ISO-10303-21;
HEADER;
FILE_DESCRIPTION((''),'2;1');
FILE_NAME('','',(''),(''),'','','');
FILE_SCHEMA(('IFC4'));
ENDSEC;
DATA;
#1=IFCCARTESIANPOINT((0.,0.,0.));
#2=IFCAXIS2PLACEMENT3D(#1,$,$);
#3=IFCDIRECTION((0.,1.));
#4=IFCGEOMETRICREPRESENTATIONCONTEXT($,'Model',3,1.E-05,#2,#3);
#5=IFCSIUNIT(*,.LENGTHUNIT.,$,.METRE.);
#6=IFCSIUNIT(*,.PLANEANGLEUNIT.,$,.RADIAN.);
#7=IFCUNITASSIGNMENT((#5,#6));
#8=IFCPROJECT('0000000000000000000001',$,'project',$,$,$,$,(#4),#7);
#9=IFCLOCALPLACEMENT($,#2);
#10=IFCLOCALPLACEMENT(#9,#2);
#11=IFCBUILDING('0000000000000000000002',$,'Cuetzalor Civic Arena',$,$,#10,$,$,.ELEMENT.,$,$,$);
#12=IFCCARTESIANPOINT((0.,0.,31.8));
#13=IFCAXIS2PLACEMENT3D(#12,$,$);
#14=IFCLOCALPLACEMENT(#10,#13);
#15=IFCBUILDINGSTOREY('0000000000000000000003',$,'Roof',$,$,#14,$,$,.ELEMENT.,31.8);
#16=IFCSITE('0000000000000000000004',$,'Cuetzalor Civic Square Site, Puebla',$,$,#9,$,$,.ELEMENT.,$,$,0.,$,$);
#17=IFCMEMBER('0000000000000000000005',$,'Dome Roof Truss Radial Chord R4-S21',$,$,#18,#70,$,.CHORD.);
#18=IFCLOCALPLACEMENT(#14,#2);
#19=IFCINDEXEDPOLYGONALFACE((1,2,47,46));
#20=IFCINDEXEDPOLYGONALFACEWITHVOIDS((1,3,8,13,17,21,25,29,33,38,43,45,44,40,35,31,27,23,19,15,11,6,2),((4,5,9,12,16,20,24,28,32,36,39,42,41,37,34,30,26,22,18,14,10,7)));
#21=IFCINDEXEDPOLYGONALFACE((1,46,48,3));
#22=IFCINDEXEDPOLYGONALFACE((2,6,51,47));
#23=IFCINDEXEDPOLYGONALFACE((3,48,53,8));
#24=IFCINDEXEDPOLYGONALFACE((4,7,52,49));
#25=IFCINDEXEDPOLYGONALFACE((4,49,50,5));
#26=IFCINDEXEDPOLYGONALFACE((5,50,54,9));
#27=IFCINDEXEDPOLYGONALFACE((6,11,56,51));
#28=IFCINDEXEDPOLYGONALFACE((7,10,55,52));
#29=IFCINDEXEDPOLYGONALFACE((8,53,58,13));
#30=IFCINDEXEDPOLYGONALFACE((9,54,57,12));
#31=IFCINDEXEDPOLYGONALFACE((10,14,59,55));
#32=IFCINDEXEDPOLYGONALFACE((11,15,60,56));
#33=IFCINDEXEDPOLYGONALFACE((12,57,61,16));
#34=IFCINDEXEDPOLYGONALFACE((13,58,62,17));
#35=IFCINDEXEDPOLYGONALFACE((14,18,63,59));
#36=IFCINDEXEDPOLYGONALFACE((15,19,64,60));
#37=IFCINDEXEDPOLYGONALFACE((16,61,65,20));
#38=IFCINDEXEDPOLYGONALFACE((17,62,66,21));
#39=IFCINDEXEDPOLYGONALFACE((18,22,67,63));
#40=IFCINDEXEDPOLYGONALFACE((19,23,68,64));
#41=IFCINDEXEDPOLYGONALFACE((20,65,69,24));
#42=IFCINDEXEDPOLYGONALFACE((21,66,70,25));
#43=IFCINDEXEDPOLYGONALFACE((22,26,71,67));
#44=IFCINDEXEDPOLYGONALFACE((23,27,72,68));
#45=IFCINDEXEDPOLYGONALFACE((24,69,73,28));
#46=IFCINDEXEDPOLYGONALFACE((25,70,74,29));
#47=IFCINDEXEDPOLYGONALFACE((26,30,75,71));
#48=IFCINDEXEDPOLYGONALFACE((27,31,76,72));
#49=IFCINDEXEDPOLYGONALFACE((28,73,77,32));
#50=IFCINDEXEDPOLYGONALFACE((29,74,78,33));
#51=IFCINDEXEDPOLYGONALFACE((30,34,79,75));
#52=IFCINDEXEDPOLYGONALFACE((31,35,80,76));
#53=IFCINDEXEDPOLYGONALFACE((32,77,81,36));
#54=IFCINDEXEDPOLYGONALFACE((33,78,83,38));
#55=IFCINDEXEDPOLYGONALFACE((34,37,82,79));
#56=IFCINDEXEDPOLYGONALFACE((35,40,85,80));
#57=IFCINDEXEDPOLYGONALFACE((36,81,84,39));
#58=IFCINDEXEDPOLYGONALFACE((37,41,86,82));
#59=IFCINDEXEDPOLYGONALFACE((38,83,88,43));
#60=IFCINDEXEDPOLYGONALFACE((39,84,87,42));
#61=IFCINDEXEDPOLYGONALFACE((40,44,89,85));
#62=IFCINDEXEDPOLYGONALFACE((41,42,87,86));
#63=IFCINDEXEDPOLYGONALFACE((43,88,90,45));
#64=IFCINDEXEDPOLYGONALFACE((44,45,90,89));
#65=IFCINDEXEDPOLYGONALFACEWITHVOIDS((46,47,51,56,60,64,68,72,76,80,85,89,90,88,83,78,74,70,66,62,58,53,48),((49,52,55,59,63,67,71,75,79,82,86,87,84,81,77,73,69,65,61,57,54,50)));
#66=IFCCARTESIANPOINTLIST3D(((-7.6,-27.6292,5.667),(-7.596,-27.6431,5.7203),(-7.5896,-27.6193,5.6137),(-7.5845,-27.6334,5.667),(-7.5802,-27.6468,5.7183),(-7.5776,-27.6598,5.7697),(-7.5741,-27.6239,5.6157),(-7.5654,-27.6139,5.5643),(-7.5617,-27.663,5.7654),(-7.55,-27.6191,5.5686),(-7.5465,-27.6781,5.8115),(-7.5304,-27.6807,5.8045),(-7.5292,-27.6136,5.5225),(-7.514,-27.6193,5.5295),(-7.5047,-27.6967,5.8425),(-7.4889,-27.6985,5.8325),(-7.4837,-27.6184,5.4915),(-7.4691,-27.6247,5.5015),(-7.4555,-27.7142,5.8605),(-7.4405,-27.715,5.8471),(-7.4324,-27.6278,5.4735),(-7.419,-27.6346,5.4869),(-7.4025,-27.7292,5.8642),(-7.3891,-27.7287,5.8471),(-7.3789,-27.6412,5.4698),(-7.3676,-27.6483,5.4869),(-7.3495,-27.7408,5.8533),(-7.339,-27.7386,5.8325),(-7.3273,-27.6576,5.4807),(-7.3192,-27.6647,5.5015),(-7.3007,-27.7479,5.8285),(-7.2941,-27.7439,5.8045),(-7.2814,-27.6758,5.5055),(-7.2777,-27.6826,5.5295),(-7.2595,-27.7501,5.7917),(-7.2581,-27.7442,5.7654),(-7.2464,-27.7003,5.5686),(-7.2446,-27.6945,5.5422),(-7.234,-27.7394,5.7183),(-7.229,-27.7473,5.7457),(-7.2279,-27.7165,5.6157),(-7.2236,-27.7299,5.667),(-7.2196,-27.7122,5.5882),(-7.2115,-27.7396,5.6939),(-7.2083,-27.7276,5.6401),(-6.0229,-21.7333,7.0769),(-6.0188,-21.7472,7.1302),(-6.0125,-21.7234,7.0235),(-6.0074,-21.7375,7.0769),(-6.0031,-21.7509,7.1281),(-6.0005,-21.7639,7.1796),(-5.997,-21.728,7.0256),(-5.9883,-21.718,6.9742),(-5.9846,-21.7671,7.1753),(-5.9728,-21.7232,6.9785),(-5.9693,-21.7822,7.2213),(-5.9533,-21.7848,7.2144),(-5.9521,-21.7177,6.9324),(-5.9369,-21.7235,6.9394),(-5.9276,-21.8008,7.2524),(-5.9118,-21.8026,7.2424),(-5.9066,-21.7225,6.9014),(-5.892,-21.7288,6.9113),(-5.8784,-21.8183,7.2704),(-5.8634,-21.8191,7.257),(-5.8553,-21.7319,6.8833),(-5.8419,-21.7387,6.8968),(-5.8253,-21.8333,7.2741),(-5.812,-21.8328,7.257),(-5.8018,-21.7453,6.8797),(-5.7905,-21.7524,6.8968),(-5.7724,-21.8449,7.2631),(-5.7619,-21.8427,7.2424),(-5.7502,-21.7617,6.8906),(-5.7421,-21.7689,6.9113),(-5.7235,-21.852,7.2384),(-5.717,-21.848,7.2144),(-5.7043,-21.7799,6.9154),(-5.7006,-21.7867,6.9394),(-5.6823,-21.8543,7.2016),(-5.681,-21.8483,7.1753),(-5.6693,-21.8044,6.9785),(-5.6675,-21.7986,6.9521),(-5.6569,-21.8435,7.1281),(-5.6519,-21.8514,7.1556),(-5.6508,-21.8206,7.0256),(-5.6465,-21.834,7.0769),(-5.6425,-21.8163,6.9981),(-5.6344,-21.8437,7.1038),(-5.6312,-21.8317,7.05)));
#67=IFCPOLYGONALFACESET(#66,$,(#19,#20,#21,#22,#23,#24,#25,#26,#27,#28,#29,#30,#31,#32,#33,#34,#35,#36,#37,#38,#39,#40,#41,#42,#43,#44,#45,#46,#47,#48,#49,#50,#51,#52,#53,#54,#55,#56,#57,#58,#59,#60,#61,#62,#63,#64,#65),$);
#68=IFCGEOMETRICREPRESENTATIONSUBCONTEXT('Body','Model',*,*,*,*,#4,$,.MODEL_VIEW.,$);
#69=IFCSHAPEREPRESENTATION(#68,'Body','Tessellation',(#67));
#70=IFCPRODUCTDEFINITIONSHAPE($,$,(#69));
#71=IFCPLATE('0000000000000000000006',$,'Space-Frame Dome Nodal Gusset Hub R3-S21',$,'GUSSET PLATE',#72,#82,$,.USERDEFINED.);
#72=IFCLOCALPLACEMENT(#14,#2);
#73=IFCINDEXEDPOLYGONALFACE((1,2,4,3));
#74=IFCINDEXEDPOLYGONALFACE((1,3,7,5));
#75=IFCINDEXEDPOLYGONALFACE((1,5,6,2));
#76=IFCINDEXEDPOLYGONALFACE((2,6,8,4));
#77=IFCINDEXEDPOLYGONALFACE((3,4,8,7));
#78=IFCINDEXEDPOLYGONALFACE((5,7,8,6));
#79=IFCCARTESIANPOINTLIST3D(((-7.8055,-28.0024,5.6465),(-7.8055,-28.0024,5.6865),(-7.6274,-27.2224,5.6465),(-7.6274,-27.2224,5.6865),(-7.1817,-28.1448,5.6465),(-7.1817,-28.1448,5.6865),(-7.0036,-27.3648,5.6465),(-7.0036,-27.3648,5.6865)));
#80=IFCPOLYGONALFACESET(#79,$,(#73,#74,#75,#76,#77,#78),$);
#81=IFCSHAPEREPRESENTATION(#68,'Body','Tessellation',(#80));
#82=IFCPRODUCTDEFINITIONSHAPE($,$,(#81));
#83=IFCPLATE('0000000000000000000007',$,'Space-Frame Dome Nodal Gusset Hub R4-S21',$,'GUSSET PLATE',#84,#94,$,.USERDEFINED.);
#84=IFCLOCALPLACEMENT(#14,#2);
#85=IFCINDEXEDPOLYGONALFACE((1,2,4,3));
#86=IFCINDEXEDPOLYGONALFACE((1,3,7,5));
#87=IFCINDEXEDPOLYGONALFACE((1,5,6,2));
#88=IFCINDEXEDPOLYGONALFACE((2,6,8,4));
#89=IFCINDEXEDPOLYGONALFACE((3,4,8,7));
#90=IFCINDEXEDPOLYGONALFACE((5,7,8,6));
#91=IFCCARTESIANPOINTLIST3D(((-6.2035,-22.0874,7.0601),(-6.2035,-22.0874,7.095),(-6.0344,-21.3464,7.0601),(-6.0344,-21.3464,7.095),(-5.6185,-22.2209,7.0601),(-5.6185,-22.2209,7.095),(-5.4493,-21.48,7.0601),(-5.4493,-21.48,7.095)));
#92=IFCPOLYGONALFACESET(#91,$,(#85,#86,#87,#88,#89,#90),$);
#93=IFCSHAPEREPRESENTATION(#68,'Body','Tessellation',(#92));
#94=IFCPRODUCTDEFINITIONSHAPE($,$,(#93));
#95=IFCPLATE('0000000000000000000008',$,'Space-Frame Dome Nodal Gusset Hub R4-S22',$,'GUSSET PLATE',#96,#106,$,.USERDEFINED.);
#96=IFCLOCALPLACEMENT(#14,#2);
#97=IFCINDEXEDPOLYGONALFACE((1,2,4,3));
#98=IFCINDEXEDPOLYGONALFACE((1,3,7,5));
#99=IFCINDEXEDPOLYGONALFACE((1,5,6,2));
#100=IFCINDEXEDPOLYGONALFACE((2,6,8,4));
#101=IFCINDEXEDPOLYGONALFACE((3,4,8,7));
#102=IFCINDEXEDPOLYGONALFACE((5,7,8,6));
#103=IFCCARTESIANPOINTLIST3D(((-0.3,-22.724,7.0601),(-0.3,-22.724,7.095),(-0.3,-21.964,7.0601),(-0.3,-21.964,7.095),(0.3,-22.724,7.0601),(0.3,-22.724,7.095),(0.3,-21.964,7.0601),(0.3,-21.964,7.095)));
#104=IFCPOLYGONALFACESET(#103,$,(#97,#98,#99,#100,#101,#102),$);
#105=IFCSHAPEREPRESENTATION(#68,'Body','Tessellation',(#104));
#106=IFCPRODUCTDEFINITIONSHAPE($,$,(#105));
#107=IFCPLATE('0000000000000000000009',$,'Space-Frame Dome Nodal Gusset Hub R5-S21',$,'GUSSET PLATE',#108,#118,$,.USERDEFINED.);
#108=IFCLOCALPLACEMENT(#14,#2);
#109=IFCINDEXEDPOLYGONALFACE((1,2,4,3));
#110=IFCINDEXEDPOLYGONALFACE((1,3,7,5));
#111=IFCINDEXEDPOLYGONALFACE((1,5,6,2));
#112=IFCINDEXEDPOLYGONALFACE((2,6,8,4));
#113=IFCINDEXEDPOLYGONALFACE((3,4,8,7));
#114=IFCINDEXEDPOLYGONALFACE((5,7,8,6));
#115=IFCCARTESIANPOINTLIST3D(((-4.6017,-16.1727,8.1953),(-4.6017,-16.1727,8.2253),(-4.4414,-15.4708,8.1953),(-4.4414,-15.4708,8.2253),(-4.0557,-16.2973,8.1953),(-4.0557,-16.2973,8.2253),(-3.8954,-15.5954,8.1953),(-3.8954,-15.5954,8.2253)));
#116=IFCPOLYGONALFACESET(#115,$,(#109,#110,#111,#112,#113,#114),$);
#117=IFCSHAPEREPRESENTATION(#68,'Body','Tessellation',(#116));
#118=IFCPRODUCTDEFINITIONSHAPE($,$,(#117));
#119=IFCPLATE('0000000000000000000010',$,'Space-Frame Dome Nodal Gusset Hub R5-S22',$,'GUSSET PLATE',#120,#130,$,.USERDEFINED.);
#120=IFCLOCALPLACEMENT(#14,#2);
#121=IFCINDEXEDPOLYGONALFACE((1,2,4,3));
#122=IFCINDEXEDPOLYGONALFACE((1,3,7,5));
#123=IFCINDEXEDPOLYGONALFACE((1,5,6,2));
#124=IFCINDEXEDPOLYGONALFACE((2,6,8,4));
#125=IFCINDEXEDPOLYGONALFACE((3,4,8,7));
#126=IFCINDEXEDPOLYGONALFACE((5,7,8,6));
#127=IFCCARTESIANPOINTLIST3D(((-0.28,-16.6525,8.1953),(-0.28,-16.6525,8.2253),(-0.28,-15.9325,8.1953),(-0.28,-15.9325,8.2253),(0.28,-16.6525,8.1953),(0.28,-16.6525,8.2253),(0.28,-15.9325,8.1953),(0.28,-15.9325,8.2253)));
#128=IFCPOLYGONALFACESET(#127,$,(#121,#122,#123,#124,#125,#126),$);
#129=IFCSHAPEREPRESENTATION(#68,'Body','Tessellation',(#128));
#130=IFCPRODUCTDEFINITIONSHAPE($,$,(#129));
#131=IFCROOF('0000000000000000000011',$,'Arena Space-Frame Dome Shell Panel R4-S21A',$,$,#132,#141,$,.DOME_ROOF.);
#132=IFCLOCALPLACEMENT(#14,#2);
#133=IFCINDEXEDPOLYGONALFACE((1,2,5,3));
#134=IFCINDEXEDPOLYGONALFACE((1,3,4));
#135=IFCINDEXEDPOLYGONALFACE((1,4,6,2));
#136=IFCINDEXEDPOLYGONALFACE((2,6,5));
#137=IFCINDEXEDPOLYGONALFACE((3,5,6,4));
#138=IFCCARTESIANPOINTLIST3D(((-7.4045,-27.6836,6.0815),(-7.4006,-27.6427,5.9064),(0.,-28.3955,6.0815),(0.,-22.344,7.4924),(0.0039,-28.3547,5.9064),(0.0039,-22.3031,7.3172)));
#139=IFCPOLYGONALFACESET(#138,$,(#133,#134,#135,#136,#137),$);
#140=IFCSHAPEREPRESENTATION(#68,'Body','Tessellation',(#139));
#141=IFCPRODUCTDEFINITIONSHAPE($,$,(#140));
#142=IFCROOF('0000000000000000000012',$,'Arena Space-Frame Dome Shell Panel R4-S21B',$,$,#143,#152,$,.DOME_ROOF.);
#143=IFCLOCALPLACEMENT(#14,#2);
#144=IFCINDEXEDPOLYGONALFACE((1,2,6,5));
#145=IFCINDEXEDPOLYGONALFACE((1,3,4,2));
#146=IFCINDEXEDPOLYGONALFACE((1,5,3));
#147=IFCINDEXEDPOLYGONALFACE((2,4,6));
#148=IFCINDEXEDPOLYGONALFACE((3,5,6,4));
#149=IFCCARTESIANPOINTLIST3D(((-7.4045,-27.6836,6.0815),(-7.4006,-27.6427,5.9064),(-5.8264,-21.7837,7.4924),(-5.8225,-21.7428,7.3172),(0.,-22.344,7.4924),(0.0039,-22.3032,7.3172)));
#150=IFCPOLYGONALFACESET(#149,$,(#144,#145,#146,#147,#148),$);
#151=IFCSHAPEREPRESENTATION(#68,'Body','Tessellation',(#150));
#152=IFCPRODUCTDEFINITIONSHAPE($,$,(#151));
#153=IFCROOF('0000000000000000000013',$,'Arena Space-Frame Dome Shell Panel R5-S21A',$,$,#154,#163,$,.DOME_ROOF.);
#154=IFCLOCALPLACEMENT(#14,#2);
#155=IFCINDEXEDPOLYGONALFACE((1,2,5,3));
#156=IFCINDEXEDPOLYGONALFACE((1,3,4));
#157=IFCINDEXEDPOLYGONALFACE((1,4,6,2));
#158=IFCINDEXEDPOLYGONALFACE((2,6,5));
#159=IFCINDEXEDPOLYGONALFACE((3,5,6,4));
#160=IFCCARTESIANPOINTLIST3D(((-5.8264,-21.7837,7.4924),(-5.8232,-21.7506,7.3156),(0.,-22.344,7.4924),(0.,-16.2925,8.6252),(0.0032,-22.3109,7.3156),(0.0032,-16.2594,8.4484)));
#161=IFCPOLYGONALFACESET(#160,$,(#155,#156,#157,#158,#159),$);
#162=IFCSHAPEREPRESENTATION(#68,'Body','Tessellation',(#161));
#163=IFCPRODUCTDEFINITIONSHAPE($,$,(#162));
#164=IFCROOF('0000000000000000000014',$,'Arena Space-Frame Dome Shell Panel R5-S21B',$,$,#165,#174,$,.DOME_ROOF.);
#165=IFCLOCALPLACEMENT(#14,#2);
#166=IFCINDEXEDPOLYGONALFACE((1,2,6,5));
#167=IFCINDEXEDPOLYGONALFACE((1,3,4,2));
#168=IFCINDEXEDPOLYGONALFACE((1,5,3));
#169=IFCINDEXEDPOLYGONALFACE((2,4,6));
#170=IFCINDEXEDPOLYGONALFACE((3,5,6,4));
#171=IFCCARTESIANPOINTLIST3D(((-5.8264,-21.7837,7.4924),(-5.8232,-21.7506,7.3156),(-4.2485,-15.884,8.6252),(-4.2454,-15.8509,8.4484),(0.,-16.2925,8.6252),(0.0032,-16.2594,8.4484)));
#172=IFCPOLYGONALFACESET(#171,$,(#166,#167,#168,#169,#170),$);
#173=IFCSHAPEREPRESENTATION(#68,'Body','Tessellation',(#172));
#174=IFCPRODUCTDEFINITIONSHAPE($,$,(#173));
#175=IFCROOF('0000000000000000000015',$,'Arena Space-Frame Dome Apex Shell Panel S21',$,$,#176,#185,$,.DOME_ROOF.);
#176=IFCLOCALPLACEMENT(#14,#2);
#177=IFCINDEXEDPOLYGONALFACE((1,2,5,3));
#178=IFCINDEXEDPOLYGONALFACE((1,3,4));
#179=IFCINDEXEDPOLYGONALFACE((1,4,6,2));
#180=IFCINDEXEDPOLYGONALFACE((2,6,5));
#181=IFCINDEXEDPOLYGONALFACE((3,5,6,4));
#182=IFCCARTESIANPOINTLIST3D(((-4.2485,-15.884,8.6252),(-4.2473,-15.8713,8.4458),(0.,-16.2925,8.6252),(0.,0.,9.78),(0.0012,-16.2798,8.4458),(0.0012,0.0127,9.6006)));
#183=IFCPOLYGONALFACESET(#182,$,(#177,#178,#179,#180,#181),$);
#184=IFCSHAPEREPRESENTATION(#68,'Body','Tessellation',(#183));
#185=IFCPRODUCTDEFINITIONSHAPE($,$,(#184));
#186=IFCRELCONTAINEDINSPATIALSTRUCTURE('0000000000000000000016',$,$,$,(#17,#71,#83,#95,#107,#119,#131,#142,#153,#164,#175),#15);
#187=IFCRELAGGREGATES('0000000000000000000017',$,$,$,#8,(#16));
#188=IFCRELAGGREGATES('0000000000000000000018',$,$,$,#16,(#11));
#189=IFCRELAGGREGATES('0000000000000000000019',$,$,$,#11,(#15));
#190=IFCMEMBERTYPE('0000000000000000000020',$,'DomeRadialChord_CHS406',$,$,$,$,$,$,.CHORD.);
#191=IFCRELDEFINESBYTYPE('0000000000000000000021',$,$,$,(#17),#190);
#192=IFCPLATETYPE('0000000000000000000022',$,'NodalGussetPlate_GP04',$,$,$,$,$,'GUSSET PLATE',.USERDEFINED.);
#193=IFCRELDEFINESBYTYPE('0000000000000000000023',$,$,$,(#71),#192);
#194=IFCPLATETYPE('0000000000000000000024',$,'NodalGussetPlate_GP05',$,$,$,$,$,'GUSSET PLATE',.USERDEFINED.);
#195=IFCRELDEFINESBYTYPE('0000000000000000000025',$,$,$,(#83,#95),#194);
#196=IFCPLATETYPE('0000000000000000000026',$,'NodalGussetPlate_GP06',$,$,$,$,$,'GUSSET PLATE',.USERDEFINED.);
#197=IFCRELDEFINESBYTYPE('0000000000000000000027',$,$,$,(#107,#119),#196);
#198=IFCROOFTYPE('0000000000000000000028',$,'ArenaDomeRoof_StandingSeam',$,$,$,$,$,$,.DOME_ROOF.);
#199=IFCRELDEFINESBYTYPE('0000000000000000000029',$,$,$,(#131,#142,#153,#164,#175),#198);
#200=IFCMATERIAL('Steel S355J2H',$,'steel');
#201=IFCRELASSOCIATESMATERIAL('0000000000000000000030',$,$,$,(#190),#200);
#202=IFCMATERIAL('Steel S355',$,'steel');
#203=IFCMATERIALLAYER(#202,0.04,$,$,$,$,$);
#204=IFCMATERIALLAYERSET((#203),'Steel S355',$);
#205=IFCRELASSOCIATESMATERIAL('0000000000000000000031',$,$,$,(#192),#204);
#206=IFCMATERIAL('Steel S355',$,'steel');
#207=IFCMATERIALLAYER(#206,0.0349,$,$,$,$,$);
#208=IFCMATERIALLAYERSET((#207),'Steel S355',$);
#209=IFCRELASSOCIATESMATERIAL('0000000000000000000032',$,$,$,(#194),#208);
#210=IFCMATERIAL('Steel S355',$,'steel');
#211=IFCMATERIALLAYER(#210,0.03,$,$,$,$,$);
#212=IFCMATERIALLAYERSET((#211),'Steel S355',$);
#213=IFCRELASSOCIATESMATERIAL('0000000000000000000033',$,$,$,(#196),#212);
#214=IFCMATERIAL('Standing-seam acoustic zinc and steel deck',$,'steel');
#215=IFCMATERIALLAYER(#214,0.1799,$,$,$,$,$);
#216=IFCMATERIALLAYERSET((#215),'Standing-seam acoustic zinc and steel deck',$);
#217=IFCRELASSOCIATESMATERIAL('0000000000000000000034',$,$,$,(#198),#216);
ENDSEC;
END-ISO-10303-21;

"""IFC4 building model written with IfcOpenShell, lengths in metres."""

from ifc_helpers import new_model, si_unit, direction, frame, origin, origin_2d, place, context, subcontext, project, spatial, polyline, rectangle, hollow_circle, outline, extrude, material, layer, layer_set, material_profile, profile_set, type_object, element, save


model = new_model("IFC4")

# Units and contexts
model_context = context("Model", 3, precision=1e-05, world=origin(), true_north=direction((0.0, 1.0)))
body_context = subcontext(model_context, "Body", "Model", "MODEL_VIEW")
ifc_project = project(units=[si_unit("LENGTHUNIT", "METRE"), si_unit("PLANEANGLEUNIT", "RADIAN")], contexts=[model_context])

# Site, building, storey
site_placement = place(None, origin())
site = spatial("IfcSite", under=ifc_project, at=site_placement, Name="Cuetzalor Civic Square Site, Puebla", CompositionType="ELEMENT", RefElevation=0.0)
building_placement = place(site_placement, origin())
building = spatial("IfcBuilding", under=site, at=building_placement, Name="Cuetzalor Civic Arena", CompositionType="ELEMENT")
storey_placement = place(building_placement, frame((0.0, 0.0, 31.8)))
storey = spatial("IfcBuildingStorey", under=building, at=storey_placement, Name="Roof", CompositionType="ELEMENT", Elevation=31.8)

# Member
ifc_material_1 = material(Name="Steel S355J2H", Category="steel")
ifc_material_profile_1 = material_profile(ifc_material_1, hollow_circle(Radius=0.2029, WallThickness=0.0161, at=origin_2d()), Name="CHS 406x16")
ifc_profile_set_1 = profile_set([ifc_material_profile_1], Name="Steel S355J2H")
member_type_1 = type_object("IfcMemberType", Name="DomeRadialChord_CHS406", PredefinedType="CHORD", material=ifc_profile_set_1)
member_1_placement = place(storey_placement, frame((-7.4041, -27.6816, 5.667), z_axis=(0.251779, 0.941247, 0.225081), x_axis=(-0.966035, 0.258409, 0.0)))
element("IfcMember", 1, at=member_1_placement, inside=storey, type_object=member_type_1, Name="Dome Roof Truss Radial Chord R4-S21", PredefinedType="CHORD", context=body_context, shape_type="SweptSolid", body=[
    extrude(hollow_circle(Radius=0.2029, WallThickness=0.0161, at=origin_2d()), origin(), (0.0, 0.0, 1.0), 6.2639),
])

# Plates
ifc_material_2 = material(Name="Steel S355", Category="steel")
ifc_layer_1 = layer(ifc_material_2, 0.04)
ifc_layer_set_1 = layer_set([ifc_layer_1], Name="Steel S355")
plate_type_1 = type_object("IfcPlateType", Name="NodalGussetPlate_GP04", ElementType="GUSSET PLATE", PredefinedType="USERDEFINED", material=ifc_layer_set_1)
plate_placement = place(storey_placement, frame((-7.4045, -27.6836, 5.6465), z_axis=(0.0, 0.0, 1.0), x_axis=(-0.22257, -0.974917, 0.0)))
element("IfcPlate", 2, at=plate_placement, inside=storey, type_object=plate_type_1, Name="Space-Frame Dome Nodal Gusset Hub R3-S21", ObjectType="GUSSET PLATE", PredefinedType="USERDEFINED", context=body_context, shape_type="SweptSolid", body=[
    extrude(rectangle(XDim=0.8, YDim=0.6399, at=origin_2d()), origin(), (0.0, 0.0, 1.0), 0.04),
])
ifc_material_3 = material(Name="Steel S355", Category="steel")
ifc_layer_2 = layer(ifc_material_3, 0.0349)
ifc_layer_set_2 = layer_set([ifc_layer_2], Name="Steel S355")
plate_type_2 = type_object("IfcPlateType", Name="NodalGussetPlate_GP05", ElementType="GUSSET PLATE", PredefinedType="USERDEFINED", material=ifc_layer_set_2)
for number, where, z_axis, x_axis, name in (
    (3, (-5.8264, -21.7837, 7.0601), (0.0, 0.0, 1.0), (-0.22257, -0.974917, 0.0), "Space-Frame Dome Nodal Gusset Hub R4-S21"),
    (4, (0.0, -22.344, 7.0601), (0.0, 0.0, 1.0), (0.0, -1.0, 0.0), "Space-Frame Dome Nodal Gusset Hub R4-S22"),
):
    element("IfcPlate", number, at=place(storey_placement, frame(where, z_axis=z_axis, x_axis=x_axis)), inside=storey, type_object=plate_type_2, Name=name, ObjectType="GUSSET PLATE", PredefinedType="USERDEFINED", context=body_context, shape_type="SweptSolid", body=[
        extrude(rectangle(XDim=0.76, YDim=0.6001, at=origin_2d()), origin(), (0.0, 0.0, 1.0), 0.0349),
    ])
ifc_material_4 = material(Name="Steel S355", Category="steel")
ifc_layer_3 = layer(ifc_material_4, 0.03)
ifc_layer_set_3 = layer_set([ifc_layer_3], Name="Steel S355")
plate_type_3 = type_object("IfcPlateType", Name="NodalGussetPlate_GP06", ElementType="GUSSET PLATE", PredefinedType="USERDEFINED", material=ifc_layer_set_3)
for number, where, z_axis, x_axis, name in (
    (5, (-4.2485, -15.884, 8.1953), (0.0, 0.0, 1.0), (-0.22257, -0.974917, 0.0), "Space-Frame Dome Nodal Gusset Hub R5-S21"),
    (6, (0.0, -16.2925, 8.1953), (0.0, 0.0, 1.0), (0.0, -1.0, 0.0), "Space-Frame Dome Nodal Gusset Hub R5-S22"),
):
    element("IfcPlate", number, at=place(storey_placement, frame(where, z_axis=z_axis, x_axis=x_axis)), inside=storey, type_object=plate_type_3, Name=name, ObjectType="GUSSET PLATE", PredefinedType="USERDEFINED", context=body_context, shape_type="SweptSolid", body=[
        extrude(rectangle(XDim=0.72, YDim=0.5601, at=origin_2d()), origin(), (0.0, 0.0, 1.0), 0.03),
    ])

# Roofs
ifc_material_5 = material(Name="Standing-seam acoustic zinc and steel deck", Category="steel")
ifc_layer_4 = layer(ifc_material_5, 0.1799)
ifc_layer_set_4 = layer_set([ifc_layer_4], Name="Standing-seam acoustic zinc and steel deck")
roof_type = type_object("IfcRoofType", Name="ArenaDomeRoof_StandingSeam", PredefinedType="DOME_ROOF", material=ifc_layer_set_4)
roof_1_placement = place(storey_placement, frame((-7.4045, -27.6836, 6.0815), z_axis=(-0.021825, -0.227003, 0.973649), x_axis=(0.99541, -0.095704, 0.0)))
element("IfcRoof", 7, at=roof_1_placement, inside=storey, type_object=roof_type, Name="Arena Space-Frame Dome Shell Panel R4-S21A", PredefinedType="DOME_ROOF", context=body_context, shape_type="SweptSolid", body=[
    extrude(outline(polyline([(0.0, 0.0), (7.4387, 0.0), (6.8595, 6.1868), (0.0, 0.0)])), origin(), (0.0, 0.0, -1.0), 0.1799),
])
roof_2_placement = place(storey_placement, frame((-7.4045, -27.6836, 6.0815), z_axis=(-0.021829, -0.226998, 0.973651), x_axis=(0.801585, 0.578043, 0.152737)))
element("IfcRoof", 8, at=roof_2_placement, inside=storey, type_object=roof_type, Name="Arena Space-Frame Dome Shell Panel R4-S21B", PredefinedType="DOME_ROOF", context=body_context, shape_type="SweptSolid", body=[
    extrude(outline(polyline([(0.0, 0.0), (9.2374, 0.0), (4.8909, 3.9203), (0.0, 0.0)])), origin(), (0.0, 0.0, -1.0), 0.1799),
])
roof_3_placement = place(storey_placement, frame((-5.8264, -21.7837, 7.4924), z_axis=(-0.017692, -0.18397, 0.982773), x_axis=(0.995408, -0.095724, 0.0)))
element("IfcRoof", 9, at=roof_3_placement, inside=storey, type_object=roof_type, Name="Arena Space-Frame Dome Shell Panel R5-S21A", PredefinedType="DOME_ROOF", context=body_context, shape_type="SweptSolid", body=[
    extrude(outline(polyline([(0.0, 0.0), (5.8533, 0.0), (5.274, 6.1293), (0.0, 0.0)])), origin(), (0.0, 0.0, -1.0), 0.1799),
])
roof_4_placement = place(storey_placement, frame((-5.8264, -21.7837, 7.4924), z_axis=(-0.017687, -0.183975, 0.982772), x_axis=(0.720554, 0.679099, 0.140095)))
element("IfcRoof", 10, at=roof_4_placement, inside=storey, type_object=roof_type, Name="Arena Space-Frame Dome Shell Panel R5-S21B", PredefinedType="DOME_ROOF", context=body_context, shape_type="SweptSolid", body=[
    extrude(outline(polyline([(0.0, 0.0), (8.086, 0.0), (5.3021, 3.2352), (0.0, 0.0)])), origin(), (0.0, 0.0, -1.0), 0.1799),
])
roof_5_placement = place(storey_placement, frame((-4.2485, -15.884, 8.6252), z_axis=(-0.006797, -0.070699, 0.997475), x_axis=(0.99541, -0.095697, 0.0)))
element("IfcRoof", 11, at=roof_5_placement, inside=storey, type_object=roof_type, Name="Arena Space-Frame Dome Apex Shell Panel S21", PredefinedType="DOME_ROOF", context=body_context, shape_type="SweptSolid", body=[
    extrude(outline(polyline([(0.0, 0.0), (4.2681, 0.0), (2.709, 16.2588), (0.0, 0.0)])), origin(), (0.0, 0.0, -1.0), 0.1799),
])

save(model, "model.ifc")
